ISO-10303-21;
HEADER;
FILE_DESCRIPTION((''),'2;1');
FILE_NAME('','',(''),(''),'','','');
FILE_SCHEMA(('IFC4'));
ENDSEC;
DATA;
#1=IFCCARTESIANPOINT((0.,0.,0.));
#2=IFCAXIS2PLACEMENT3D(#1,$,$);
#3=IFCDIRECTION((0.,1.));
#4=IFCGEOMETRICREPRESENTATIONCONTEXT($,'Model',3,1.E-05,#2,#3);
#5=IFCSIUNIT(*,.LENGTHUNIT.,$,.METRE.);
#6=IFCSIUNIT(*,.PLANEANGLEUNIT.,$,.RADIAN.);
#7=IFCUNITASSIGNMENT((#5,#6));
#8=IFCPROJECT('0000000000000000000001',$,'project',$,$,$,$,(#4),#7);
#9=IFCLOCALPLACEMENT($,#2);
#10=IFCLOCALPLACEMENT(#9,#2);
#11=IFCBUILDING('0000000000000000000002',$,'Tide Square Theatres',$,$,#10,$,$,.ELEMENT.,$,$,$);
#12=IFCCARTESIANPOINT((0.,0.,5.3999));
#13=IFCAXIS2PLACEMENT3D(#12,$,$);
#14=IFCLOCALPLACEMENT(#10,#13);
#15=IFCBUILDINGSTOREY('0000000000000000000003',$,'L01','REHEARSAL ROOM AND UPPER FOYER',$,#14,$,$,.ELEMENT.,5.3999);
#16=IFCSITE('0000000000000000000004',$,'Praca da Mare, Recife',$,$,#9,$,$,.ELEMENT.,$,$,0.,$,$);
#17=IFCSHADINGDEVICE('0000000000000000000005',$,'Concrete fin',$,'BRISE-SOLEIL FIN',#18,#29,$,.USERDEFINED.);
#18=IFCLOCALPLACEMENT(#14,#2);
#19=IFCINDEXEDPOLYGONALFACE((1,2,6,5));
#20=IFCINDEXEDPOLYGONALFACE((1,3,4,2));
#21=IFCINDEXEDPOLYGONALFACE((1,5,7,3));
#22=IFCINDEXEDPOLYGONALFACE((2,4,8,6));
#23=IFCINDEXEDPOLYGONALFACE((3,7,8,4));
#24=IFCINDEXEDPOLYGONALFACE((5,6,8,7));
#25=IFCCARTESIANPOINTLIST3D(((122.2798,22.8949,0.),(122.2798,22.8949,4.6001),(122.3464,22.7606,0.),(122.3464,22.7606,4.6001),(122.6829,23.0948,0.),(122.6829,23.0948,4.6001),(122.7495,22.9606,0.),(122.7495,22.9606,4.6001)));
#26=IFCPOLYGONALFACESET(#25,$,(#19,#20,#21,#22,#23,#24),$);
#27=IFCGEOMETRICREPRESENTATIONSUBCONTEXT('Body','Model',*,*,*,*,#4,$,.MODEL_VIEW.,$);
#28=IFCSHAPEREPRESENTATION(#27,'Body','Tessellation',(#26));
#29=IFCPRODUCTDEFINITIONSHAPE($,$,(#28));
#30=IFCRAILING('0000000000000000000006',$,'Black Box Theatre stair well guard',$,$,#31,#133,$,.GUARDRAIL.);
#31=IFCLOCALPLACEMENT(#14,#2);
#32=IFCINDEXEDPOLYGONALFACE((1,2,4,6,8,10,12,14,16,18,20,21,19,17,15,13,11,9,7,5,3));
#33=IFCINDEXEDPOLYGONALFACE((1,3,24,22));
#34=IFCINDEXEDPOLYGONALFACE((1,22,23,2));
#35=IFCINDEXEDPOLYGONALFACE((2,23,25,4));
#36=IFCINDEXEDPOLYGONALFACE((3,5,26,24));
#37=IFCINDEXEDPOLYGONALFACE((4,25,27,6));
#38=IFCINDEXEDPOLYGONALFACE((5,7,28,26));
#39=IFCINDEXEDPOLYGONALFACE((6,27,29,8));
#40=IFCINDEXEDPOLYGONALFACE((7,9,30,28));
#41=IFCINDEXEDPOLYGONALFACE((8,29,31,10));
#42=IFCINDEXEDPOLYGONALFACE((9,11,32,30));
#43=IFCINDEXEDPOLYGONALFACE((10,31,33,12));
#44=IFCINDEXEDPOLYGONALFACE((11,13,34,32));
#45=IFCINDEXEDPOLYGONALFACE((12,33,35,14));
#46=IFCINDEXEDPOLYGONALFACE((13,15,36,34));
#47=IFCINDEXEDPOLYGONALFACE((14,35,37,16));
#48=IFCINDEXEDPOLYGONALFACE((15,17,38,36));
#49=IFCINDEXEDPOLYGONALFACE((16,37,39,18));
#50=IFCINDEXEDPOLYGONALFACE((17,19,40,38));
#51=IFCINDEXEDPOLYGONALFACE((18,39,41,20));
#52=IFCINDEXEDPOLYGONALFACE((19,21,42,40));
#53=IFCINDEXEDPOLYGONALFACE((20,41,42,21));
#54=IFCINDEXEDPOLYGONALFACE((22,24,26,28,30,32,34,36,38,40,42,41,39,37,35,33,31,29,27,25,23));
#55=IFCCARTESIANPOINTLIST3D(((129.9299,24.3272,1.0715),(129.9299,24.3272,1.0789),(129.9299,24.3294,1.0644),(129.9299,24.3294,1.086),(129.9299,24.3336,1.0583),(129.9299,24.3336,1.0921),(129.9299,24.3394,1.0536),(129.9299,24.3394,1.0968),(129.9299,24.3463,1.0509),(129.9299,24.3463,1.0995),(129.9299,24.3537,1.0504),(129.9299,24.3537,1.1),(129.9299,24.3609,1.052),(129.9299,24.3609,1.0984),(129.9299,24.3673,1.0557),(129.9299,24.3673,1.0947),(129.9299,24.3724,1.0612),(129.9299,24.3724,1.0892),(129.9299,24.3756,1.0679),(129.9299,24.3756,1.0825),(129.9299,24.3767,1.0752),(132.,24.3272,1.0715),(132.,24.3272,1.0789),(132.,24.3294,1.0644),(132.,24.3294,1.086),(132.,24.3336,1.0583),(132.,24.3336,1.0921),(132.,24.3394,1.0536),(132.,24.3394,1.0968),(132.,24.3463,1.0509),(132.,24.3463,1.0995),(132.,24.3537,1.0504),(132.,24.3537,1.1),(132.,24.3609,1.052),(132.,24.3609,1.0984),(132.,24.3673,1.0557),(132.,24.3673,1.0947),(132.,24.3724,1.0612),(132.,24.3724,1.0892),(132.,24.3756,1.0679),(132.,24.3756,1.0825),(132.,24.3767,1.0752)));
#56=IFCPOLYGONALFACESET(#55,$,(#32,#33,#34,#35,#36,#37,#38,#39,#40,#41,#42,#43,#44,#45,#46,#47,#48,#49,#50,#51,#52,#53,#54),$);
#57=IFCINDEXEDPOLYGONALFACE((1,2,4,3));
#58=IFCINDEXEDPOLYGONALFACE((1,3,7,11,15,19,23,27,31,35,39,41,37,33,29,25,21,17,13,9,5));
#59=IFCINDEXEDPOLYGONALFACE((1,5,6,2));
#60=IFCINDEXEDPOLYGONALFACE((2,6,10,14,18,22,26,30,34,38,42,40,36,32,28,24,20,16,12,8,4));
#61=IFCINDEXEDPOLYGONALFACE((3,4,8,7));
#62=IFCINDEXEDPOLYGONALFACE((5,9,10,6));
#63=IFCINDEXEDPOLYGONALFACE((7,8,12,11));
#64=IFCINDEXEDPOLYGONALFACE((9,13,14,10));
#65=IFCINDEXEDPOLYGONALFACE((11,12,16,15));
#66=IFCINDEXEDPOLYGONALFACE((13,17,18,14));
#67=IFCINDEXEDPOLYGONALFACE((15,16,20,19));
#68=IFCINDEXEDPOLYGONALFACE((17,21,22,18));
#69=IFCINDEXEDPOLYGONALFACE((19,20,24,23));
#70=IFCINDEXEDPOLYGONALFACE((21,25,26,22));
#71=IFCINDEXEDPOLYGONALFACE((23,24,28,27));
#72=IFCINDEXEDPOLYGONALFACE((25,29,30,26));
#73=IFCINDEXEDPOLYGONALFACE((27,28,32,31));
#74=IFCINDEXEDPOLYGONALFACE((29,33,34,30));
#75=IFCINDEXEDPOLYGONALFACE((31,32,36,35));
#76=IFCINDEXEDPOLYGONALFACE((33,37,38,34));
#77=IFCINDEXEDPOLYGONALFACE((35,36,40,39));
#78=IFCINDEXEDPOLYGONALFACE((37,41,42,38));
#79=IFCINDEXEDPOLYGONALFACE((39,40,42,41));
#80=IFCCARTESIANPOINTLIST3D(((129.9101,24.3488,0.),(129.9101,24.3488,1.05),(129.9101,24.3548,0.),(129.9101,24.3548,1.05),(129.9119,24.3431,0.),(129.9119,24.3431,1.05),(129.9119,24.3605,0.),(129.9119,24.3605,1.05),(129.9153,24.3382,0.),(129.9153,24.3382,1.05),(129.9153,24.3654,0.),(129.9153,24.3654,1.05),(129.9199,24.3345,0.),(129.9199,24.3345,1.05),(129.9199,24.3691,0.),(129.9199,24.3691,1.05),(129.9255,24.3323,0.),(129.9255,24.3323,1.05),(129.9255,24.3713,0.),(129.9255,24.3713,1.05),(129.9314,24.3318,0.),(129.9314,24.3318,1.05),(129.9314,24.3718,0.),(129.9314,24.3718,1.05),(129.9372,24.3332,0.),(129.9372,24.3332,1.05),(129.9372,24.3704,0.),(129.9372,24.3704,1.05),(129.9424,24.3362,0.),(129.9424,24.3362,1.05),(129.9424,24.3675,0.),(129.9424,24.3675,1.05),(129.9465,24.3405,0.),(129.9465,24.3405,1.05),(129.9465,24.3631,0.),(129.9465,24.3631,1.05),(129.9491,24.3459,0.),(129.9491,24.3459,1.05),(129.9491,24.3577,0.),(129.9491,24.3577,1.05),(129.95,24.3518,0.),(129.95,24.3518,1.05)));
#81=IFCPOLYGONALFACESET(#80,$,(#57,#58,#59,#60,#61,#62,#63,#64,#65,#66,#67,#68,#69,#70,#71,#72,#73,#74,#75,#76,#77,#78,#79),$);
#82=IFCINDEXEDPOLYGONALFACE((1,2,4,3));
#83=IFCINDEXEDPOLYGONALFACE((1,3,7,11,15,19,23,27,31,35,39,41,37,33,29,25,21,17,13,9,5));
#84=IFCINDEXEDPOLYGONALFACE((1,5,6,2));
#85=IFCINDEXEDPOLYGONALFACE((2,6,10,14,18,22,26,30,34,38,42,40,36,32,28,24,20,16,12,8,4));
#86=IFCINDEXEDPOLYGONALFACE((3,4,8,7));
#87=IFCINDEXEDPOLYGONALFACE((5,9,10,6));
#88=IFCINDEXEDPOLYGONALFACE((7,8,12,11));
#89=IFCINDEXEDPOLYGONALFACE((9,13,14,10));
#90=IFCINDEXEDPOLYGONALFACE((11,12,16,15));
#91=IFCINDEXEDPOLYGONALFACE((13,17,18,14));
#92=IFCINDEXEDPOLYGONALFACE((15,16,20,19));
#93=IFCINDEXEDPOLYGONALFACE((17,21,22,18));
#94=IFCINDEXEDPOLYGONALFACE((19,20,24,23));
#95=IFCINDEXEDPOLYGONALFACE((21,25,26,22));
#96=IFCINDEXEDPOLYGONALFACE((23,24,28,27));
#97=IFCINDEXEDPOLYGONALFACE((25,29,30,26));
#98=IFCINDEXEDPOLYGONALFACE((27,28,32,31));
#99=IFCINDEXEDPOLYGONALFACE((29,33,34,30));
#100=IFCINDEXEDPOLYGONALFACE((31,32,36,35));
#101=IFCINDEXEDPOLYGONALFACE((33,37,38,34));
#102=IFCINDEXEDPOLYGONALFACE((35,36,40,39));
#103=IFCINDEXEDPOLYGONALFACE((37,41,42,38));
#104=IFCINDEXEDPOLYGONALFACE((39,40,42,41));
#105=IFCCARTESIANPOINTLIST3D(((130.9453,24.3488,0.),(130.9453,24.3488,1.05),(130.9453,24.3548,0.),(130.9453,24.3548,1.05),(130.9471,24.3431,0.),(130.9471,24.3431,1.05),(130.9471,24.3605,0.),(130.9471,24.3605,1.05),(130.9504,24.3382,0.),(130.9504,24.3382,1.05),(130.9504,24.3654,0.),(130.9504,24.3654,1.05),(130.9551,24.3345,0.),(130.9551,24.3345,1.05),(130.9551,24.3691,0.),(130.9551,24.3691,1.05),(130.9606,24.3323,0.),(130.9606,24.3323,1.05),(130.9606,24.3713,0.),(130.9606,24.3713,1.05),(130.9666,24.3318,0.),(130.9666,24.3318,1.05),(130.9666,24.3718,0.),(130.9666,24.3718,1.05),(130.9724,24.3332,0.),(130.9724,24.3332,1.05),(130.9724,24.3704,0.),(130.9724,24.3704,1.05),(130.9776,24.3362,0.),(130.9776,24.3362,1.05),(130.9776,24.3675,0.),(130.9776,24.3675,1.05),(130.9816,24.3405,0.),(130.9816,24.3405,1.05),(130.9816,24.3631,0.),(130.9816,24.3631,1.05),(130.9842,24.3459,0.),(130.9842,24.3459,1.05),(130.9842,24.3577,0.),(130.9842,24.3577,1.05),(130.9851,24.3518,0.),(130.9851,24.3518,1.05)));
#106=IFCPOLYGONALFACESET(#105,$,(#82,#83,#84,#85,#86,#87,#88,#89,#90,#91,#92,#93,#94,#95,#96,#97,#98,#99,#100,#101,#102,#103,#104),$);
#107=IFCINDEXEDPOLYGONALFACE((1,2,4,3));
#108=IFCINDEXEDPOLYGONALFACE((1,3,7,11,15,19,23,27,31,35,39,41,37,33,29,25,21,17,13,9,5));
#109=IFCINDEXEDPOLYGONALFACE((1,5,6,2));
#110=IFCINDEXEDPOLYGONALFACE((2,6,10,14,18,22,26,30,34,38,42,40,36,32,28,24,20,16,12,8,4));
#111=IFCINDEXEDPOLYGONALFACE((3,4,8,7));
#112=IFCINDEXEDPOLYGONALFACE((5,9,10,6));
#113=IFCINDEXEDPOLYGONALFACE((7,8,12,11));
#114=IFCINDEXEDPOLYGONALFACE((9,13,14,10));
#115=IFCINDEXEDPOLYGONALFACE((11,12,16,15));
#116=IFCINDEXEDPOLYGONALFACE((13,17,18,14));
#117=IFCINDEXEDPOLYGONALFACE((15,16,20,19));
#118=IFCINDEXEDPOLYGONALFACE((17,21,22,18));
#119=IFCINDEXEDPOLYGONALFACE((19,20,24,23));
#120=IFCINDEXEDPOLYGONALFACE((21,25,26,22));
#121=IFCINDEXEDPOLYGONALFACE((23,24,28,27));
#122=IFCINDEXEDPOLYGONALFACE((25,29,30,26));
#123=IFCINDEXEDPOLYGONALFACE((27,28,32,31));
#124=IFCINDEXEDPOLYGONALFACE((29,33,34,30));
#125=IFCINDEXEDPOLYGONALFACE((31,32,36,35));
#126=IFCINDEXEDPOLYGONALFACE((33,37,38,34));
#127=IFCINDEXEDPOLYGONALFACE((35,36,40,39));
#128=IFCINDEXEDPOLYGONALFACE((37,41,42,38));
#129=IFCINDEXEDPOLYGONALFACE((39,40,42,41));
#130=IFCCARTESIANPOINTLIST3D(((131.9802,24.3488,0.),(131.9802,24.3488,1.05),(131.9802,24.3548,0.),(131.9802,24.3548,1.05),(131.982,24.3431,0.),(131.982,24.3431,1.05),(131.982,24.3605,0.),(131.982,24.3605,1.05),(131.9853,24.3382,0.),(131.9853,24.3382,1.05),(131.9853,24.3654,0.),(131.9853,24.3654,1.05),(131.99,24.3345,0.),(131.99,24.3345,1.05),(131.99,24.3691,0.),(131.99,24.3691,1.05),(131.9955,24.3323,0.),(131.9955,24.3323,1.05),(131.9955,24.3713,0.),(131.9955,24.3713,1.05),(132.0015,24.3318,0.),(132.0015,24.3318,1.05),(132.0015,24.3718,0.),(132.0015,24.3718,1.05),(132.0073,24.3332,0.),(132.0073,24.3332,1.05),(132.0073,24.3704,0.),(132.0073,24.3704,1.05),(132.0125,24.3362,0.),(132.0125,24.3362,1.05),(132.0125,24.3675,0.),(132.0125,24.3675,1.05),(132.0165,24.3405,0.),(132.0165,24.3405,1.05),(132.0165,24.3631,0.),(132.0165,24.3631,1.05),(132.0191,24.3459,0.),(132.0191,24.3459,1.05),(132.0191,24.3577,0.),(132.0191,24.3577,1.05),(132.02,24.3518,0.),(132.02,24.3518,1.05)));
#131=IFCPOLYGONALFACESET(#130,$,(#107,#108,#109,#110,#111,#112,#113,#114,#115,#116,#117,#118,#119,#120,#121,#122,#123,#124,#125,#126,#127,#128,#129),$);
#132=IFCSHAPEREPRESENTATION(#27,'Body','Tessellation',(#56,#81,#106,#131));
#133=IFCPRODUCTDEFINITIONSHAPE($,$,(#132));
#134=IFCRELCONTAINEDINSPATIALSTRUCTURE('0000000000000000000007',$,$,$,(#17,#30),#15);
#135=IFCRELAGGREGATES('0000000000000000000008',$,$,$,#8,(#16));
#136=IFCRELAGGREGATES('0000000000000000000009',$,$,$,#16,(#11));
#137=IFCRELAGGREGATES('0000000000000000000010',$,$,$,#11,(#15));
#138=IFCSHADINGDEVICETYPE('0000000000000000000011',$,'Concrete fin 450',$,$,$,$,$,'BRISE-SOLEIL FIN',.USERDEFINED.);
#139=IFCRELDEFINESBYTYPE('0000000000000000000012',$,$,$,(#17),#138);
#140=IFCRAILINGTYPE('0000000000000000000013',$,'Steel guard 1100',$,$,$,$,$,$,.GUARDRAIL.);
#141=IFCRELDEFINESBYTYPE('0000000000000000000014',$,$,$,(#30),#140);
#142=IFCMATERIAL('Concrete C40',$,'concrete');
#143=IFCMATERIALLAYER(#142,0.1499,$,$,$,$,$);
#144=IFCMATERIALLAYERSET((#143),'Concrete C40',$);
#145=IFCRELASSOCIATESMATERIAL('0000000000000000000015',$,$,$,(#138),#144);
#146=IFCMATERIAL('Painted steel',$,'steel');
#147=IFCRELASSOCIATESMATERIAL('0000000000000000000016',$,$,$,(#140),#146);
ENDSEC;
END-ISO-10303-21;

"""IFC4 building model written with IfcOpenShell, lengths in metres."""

from ifc_helpers import new_model, si_unit, direction, frame, origin, origin_2d, place, context, subcontext, project, spatial, rectangle, circle, extrude, material, layer, layer_set, type_object, element, save


model = new_model("IFC4")

# Units and contexts
model_context = context("Model", 3, precision=1e-05, world=origin(), true_north=direction((0.0, 1.0)))
body_context = subcontext(model_context, "Body", "Model", "MODEL_VIEW")
ifc_project = project(units=[si_unit("LENGTHUNIT", "METRE"), si_unit("PLANEANGLEUNIT", "RADIAN")], contexts=[model_context])

# Site, building, storey
site_placement = place(None, origin())
site = spatial("IfcSite", under=ifc_project, at=site_placement, Name="Praca da Mare, Recife", CompositionType="ELEMENT", RefElevation=0.0)
building_placement = place(site_placement, origin())
building = spatial("IfcBuilding", under=site, at=building_placement, Name="Tide Square Theatres", CompositionType="ELEMENT")
storey_placement = place(building_placement, frame((0.0, 0.0, 5.3999)))
storey = spatial("IfcBuildingStorey", under=building, at=storey_placement, Name="L01", Description="REHEARSAL ROOM AND UPPER FOYER", CompositionType="ELEMENT", Elevation=5.3999)

# Shading device
ifc_material_1 = material(Name="Concrete C40", Category="concrete")
ifc_layer_1 = layer(ifc_material_1, 0.1499)
ifc_layer_set_1 = layer_set([ifc_layer_1], Name="Concrete C40")
shading_device_type = type_object("IfcShadingDeviceType", Name="Concrete fin 450", ElementType="BRISE-SOLEIL FIN", PredefinedType="USERDEFINED", material=ifc_layer_set_1)
for number, where, z_axis, x_axis, name in (
    (1, (122.5146, 22.9277, 0.0), (0.0, 0.0, 1.0), (0.444338, -0.895859, 0.0), "Concrete fin"),
):
    element("IfcShadingDevice", number, at=place(storey_placement, frame(where, z_axis=z_axis, x_axis=x_axis)), inside=storey, type_object=shading_device_type, Name=name, ObjectType="BRISE-SOLEIL FIN", PredefinedType="USERDEFINED", context=body_context, shape_type="SweptSolid", body=[
        extrude(rectangle(XDim=0.1499, YDim=0.45, at=origin_2d()), origin(), (0.0, 0.0, 1.0), 4.6001),
    ])

# Railing
ifc_material_2 = material(Name="Painted steel", Category="steel")
railing_type = type_object("IfcRailingType", Name="Steel guard 1100", PredefinedType="GUARDRAIL", material=ifc_material_2)
railing_placement = place(storey_placement, frame((129.9299, 24.3518, 0.0)))
element("IfcRailing", 2, at=railing_placement, inside=storey, type_object=railing_type, Name="Black Box Theatre stair well guard", PredefinedType="GUARDRAIL", context=body_context, shape_type="SweptSolid", body=[
    extrude(circle(Radius=0.0249, at=origin_2d()), frame((0.0, 0.0, 1.0752), z_axis=(1.0, 0.0, 0.0), x_axis=(0.0, 1.0, 0.0)), (0.0, 0.0, 1.0), 2.0701),
    extrude(circle(Radius=0.02, at=origin_2d()), origin(), (0.0, 0.0, 1.0), 1.05),
    extrude(circle(Radius=0.02, at=origin_2d()), frame((1.0352, 0.0, 0.0)), (0.0, 0.0, 1.0), 1.05),
    extrude(circle(Radius=0.02, at=origin_2d()), frame((2.0701, 0.0, 0.0)), (0.0, 0.0, 1.0), 1.05),
])

save(model, "model.ifc")
